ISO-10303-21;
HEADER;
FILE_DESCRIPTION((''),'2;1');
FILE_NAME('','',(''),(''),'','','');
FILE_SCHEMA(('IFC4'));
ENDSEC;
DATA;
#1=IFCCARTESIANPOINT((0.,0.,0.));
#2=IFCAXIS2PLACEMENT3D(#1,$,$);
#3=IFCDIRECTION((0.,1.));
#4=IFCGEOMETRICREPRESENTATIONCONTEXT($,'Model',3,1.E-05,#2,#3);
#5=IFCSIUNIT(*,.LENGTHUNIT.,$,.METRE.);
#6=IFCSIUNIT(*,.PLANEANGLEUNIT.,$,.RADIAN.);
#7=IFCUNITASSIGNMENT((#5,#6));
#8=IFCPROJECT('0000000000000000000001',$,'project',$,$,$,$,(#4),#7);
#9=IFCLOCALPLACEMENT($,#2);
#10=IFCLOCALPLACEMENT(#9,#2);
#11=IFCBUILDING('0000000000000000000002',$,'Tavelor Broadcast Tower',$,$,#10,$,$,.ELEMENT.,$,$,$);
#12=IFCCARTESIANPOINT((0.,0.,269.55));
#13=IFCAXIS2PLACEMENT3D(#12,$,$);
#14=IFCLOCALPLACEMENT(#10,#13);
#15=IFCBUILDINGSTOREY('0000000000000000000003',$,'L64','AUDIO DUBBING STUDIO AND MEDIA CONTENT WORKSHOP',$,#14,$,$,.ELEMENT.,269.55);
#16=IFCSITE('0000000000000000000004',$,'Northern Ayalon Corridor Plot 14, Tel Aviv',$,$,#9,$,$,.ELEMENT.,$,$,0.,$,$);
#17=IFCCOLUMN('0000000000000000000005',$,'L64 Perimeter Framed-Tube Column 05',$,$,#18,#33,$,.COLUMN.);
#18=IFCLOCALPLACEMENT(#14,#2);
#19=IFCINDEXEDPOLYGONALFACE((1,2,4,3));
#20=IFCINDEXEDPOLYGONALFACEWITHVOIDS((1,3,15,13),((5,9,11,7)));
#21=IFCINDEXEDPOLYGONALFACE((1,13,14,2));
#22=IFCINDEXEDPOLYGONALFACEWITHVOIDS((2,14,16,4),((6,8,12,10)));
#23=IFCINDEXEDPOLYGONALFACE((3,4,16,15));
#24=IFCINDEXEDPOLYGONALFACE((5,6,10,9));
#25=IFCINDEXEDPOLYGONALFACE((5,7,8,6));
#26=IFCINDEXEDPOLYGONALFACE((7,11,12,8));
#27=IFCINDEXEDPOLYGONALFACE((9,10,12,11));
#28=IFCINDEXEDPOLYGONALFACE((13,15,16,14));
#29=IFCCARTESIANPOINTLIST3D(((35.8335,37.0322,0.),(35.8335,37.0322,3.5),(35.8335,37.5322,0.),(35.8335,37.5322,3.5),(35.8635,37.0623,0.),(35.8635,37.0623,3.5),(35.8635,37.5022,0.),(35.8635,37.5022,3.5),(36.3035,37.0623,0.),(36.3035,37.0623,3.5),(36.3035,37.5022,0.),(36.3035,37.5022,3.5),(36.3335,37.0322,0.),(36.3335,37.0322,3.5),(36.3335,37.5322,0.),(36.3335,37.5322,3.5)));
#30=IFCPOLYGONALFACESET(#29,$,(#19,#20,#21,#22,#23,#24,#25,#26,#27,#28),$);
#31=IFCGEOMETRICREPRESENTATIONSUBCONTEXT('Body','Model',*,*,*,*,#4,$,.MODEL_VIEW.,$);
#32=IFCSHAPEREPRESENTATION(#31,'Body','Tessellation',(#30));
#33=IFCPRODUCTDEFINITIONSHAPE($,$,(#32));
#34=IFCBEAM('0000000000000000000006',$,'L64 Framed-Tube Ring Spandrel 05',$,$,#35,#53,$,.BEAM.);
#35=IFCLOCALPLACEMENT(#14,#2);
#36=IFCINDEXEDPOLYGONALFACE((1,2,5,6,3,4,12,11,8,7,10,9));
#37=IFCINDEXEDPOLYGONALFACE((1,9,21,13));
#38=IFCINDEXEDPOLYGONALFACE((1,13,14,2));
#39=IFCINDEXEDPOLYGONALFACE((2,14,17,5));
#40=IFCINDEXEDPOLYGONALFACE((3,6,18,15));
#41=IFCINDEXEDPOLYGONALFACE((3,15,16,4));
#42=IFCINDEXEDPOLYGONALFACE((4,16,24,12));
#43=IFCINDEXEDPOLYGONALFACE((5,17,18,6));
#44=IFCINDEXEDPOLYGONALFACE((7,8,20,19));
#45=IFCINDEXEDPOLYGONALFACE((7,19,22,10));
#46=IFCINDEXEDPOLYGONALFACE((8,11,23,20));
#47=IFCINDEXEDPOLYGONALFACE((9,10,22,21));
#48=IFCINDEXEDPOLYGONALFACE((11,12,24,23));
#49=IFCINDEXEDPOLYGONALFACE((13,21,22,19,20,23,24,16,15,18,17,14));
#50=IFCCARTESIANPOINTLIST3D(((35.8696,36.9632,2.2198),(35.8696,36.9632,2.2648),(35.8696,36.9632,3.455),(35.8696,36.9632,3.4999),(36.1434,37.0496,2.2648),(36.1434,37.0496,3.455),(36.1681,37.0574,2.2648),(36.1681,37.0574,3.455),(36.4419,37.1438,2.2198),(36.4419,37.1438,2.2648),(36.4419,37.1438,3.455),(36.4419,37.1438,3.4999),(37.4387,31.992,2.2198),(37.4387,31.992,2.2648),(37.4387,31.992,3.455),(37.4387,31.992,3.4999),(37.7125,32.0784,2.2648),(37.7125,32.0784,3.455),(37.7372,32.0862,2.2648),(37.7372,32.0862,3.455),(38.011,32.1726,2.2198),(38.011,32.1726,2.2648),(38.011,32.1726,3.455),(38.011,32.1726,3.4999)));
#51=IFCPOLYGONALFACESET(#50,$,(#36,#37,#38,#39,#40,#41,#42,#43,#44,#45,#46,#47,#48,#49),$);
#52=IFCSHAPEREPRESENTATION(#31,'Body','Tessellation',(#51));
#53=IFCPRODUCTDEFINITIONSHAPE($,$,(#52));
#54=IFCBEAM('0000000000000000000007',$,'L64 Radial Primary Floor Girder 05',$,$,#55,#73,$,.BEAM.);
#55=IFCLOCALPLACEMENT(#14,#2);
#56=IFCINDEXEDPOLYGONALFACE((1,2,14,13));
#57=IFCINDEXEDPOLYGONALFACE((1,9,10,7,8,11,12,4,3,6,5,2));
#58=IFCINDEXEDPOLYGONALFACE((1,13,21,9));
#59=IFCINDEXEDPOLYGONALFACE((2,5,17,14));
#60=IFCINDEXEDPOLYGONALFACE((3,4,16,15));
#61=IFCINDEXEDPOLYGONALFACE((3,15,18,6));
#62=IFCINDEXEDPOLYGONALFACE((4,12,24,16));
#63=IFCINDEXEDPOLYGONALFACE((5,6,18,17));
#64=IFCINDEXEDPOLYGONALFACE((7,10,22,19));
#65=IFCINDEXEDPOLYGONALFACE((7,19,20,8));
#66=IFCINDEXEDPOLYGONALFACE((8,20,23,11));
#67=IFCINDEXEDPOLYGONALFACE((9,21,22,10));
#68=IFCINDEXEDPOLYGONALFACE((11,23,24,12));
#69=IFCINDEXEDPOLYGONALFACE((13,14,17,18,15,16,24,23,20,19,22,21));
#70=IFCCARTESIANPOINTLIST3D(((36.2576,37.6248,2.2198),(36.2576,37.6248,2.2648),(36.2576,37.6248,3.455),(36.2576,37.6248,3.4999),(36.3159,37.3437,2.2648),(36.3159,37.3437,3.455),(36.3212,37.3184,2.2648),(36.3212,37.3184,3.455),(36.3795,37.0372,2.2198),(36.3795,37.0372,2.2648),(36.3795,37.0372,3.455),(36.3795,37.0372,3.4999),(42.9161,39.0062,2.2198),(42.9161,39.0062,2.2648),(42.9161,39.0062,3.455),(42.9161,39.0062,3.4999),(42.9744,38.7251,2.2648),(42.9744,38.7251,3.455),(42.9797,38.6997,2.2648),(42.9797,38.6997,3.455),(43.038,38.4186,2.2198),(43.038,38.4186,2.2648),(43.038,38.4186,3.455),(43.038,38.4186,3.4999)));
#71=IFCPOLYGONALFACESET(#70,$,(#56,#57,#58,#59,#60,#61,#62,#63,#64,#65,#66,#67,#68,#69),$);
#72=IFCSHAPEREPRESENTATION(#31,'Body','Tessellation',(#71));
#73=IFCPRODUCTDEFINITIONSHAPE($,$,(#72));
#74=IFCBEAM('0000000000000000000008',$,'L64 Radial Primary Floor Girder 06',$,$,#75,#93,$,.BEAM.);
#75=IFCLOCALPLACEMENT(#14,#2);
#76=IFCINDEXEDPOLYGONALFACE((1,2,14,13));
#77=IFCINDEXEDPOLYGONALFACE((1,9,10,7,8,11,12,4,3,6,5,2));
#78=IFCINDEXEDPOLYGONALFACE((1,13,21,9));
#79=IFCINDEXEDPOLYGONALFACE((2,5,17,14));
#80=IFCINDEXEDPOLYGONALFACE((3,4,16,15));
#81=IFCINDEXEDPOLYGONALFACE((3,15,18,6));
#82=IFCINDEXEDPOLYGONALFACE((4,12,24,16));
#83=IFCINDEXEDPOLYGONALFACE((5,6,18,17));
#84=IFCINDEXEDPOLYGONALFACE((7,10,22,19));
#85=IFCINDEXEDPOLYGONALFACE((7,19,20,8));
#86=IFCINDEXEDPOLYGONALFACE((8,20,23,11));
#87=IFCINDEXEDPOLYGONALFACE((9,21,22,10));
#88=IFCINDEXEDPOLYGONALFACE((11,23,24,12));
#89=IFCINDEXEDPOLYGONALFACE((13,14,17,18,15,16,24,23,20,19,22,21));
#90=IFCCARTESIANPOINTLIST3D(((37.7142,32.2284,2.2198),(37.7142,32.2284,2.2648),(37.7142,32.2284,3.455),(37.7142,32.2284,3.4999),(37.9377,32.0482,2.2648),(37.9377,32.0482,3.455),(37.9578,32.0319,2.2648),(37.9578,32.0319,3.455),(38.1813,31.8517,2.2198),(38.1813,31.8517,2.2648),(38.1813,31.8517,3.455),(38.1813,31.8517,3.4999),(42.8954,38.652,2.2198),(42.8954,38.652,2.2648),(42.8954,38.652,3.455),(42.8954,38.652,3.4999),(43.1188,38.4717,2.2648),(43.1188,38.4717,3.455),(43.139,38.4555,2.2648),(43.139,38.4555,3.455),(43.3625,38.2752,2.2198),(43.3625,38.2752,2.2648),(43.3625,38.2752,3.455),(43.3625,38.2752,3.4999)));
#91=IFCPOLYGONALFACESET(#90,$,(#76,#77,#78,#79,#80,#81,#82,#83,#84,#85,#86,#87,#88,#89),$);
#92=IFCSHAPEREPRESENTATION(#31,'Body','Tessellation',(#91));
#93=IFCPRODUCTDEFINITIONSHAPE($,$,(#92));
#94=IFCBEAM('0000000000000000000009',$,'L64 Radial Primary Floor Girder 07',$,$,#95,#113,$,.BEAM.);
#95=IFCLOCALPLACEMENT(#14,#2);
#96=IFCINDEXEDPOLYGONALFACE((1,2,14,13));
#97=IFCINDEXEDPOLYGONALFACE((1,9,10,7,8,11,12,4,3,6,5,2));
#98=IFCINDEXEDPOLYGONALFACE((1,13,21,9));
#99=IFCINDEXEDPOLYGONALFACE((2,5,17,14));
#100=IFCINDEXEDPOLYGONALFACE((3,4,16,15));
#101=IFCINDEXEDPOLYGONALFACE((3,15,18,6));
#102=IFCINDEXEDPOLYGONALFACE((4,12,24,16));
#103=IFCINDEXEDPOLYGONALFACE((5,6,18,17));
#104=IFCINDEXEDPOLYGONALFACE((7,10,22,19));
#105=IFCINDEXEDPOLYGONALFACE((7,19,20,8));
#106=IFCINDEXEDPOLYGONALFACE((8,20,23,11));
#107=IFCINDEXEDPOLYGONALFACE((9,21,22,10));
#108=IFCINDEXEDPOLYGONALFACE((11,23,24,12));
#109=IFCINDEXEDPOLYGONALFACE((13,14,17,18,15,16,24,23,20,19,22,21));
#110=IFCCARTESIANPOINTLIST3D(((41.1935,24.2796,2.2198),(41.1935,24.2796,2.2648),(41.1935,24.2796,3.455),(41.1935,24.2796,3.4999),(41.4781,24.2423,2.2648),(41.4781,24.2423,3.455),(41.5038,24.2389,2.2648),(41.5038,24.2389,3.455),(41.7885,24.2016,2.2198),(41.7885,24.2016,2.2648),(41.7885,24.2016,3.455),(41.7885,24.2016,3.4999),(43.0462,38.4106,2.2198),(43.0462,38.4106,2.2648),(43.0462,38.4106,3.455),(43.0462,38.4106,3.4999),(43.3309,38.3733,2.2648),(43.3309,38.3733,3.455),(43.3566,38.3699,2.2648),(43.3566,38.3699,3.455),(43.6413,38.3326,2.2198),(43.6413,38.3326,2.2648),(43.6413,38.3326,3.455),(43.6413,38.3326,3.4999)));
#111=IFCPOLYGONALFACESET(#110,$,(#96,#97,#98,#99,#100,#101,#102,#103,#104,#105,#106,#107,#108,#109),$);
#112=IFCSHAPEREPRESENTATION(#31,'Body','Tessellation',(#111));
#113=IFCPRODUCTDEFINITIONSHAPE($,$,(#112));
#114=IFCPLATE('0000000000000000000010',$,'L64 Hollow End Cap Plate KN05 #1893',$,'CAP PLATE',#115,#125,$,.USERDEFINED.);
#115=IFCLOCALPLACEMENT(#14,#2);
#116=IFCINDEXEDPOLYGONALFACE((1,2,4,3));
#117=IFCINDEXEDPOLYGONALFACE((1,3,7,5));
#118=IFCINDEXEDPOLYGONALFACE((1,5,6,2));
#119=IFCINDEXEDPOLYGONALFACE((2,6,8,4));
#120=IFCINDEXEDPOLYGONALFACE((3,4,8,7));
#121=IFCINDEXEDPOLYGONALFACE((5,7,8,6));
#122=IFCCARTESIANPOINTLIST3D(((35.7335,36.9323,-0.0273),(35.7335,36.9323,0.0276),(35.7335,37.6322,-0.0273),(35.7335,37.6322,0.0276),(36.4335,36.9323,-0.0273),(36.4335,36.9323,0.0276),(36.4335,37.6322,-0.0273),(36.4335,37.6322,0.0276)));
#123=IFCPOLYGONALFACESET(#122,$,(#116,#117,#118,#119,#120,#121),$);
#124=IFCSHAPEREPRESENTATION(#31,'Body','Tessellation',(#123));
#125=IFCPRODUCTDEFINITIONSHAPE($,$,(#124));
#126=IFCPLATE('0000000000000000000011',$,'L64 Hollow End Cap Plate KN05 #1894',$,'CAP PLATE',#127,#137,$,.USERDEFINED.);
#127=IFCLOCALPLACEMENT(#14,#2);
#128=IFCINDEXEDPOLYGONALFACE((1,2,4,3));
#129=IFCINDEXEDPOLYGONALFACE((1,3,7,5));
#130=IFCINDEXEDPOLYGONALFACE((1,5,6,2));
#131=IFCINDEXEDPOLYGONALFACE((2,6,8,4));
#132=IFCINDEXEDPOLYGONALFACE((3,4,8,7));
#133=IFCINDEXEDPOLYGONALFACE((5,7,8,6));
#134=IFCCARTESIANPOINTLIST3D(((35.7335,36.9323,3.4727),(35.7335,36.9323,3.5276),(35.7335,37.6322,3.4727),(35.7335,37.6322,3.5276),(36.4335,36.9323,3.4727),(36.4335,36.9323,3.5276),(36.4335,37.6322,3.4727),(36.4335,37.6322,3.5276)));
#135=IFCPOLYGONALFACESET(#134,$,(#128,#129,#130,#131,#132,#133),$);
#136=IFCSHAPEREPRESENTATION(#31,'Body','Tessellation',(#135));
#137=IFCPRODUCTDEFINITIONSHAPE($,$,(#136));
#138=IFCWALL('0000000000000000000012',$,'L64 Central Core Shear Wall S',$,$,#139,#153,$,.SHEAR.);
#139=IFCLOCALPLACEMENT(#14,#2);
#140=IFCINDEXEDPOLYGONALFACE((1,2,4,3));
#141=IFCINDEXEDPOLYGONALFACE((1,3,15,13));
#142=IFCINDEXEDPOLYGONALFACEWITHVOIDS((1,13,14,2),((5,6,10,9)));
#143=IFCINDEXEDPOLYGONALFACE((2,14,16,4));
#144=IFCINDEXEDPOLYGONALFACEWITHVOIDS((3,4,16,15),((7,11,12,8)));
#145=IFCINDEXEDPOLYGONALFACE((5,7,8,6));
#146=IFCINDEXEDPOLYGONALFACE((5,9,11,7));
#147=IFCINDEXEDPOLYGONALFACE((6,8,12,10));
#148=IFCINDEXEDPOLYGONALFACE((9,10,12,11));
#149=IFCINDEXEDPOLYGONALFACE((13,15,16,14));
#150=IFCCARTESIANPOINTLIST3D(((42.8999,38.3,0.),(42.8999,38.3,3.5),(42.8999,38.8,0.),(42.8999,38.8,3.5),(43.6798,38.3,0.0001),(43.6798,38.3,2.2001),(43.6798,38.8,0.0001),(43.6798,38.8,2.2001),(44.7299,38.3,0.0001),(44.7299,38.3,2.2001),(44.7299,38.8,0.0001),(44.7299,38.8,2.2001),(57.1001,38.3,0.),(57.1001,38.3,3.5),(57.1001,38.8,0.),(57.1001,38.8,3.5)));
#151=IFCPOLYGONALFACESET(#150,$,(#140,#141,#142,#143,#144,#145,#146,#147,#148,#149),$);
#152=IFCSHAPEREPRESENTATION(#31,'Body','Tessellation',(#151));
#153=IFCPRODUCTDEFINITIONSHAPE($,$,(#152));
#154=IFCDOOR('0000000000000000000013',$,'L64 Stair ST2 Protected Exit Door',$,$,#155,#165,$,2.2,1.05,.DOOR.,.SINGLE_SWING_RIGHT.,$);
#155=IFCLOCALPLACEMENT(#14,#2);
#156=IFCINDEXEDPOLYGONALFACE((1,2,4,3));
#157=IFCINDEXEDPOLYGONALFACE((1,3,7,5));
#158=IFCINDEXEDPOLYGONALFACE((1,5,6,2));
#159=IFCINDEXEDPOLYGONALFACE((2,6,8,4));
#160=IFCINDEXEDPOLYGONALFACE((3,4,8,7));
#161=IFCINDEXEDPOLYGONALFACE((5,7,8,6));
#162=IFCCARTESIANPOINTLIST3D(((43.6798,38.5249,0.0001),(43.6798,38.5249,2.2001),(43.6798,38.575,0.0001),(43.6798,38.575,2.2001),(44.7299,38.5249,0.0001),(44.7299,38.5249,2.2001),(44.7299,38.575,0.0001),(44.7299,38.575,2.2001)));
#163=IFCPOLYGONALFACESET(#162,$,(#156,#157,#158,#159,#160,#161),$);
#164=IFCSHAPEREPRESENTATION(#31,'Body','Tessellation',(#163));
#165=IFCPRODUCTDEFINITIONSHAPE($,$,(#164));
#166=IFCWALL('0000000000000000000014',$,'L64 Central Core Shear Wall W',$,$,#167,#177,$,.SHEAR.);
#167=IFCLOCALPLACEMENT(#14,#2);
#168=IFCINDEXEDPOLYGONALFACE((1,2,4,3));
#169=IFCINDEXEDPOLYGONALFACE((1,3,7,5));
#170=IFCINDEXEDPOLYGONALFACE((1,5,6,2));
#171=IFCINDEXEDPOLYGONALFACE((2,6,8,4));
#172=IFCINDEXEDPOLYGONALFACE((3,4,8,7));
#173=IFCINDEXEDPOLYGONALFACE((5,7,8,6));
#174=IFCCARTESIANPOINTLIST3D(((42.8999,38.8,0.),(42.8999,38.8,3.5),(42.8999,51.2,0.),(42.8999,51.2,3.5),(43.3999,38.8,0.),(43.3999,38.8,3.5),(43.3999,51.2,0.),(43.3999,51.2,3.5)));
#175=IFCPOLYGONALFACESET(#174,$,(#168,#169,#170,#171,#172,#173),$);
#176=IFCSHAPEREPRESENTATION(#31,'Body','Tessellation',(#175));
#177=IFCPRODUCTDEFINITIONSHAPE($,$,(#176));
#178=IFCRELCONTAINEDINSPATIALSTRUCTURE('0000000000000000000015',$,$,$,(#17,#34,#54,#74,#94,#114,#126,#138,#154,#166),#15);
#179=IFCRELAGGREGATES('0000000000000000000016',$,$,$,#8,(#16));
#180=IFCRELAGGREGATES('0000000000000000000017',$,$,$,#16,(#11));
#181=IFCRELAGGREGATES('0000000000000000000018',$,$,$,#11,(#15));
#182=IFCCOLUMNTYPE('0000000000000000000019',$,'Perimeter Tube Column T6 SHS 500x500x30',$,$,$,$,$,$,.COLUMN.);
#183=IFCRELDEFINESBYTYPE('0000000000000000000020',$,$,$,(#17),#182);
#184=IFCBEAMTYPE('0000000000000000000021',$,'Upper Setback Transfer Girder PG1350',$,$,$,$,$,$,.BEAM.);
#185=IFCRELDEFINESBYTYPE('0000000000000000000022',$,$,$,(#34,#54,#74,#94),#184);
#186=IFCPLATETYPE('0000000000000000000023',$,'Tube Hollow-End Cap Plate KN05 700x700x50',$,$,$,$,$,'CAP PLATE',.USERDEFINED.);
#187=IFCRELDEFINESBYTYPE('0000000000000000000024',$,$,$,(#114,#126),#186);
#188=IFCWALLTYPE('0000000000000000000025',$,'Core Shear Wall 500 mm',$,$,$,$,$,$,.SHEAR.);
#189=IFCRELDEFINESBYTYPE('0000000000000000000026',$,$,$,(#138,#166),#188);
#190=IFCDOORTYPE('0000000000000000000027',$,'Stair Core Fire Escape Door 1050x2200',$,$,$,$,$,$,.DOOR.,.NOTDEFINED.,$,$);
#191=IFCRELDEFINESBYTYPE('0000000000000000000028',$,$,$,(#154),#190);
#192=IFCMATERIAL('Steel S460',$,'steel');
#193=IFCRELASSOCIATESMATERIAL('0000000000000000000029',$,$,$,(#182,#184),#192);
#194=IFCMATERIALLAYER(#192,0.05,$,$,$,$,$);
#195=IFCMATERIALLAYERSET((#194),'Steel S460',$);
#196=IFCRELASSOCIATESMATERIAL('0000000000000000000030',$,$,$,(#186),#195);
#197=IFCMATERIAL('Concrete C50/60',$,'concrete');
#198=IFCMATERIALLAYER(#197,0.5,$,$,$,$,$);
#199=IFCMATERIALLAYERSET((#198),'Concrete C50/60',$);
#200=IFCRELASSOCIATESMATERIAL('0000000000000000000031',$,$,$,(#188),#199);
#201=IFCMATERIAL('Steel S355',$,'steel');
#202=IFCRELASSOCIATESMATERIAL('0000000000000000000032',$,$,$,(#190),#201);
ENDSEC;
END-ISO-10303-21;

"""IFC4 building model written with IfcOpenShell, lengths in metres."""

from ifc_helpers import new_model, si_unit, direction, frame, frame_2d, origin, origin_2d, place, context, subcontext, project, spatial, rectangle, hollow_rectangle, i_section, extrude, source, transform, mapped, material, layer, layer_set, material_profile, profile_set, type_object, type_shapes, element, fill, save


model = new_model("IFC4")

# Units and contexts
model_context = context("Model", 3, precision=1e-05, world=origin(), true_north=direction((0.0, 1.0)))
body_context = subcontext(model_context, "Body", "Model", "MODEL_VIEW")
ifc_project = project(units=[si_unit("LENGTHUNIT", "METRE"), si_unit("PLANEANGLEUNIT", "RADIAN")], contexts=[model_context])

# Site, building, storey
site_placement = place(None, origin())
site = spatial("IfcSite", under=ifc_project, at=site_placement, Name="Northern Ayalon Corridor Plot 14, Tel Aviv", CompositionType="ELEMENT", RefElevation=0.0)
building_placement = place(site_placement, origin())
building = spatial("IfcBuilding", under=site, at=building_placement, Name="Tavelor Broadcast Tower", CompositionType="ELEMENT")
storey_placement = place(building_placement, frame((0.0, 0.0, 269.55)))
storey = spatial("IfcBuildingStorey", under=building, at=storey_placement, Name="L64", Description="AUDIO DUBBING STUDIO AND MEDIA CONTENT WORKSHOP", CompositionType="ELEMENT", Elevation=269.55)

# Column
ifc_material_1 = material(Name="Steel S460", Category="steel")
ifc_material_profile_1 = material_profile(ifc_material_1, hollow_rectangle(XDim=0.5, YDim=0.5, WallThickness=0.03, at=origin_2d()), Name="SHS 500x500x30")
ifc_profile_set_1 = profile_set([ifc_material_profile_1], Name="Steel S460")
column_type = type_object("IfcColumnType", Name="Perimeter Tube Column T6 SHS 500x500x30", PredefinedType="COLUMN", material=ifc_profile_set_1)
column_placement = place(storey_placement, frame((36.0835, 37.2822, 0.0), z_axis=(0.0, 0.0, 1.0), x_axis=(1.0, 0.0, 0.0)))
element("IfcColumn", 1, at=column_placement, inside=storey, type_object=column_type, Name="L64 Perimeter Framed-Tube Column 05", PredefinedType="COLUMN", context=body_context, shape_type="SweptSolid", body=[
    extrude(hollow_rectangle(XDim=0.5, YDim=0.5, WallThickness=0.03, at=origin_2d()), origin(), (0.0, 0.0, 1.0), 3.5),
])

# Beams
ifc_material_profile_2 = material_profile(ifc_material_1, i_section(OverallWidth=0.6001, OverallDepth=1.28, WebThickness=0.0259, FlangeThickness=0.0449, at=origin_2d()), Name="PG 1280x600")
ifc_profile_set_2 = profile_set([ifc_material_profile_2], Name="Steel S460")
beam_type = type_object("IfcBeamType", Name="Upper Setback Transfer Girder PG1350", PredefinedType="BEAM", material=ifc_profile_set_2)
beam_1_placement = place(storey_placement, frame((36.1558, 37.0535, 2.8599), z_axis=(0.300999, -0.953624, 0.0), x_axis=(0.953624, 0.300999, 0.0)))
element("IfcBeam", 2, at=beam_1_placement, inside=storey, type_object=beam_type, Name="L64 Framed-Tube Ring Spandrel 05", PredefinedType="BEAM", context=body_context, shape_type="SweptSolid", body=[
    extrude(i_section(OverallWidth=0.6001, OverallDepth=1.28, WebThickness=0.0259, FlangeThickness=0.0449, at=origin_2d()), origin(), (0.0, 0.0, 1.0), 5.2129),
])
beam_2_placement = place(storey_placement, frame((42.9771, 38.7124, 2.8599), z_axis=(-0.979151, -0.203133, 0.0), x_axis=(0.203133, -0.979151, 0.0)))
element("IfcBeam", 3, at=beam_2_placement, inside=storey, type_object=beam_type, Name="L64 Radial Primary Floor Girder 05", PredefinedType="BEAM", context=body_context, shape_type="SweptSolid", body=[
    extrude(i_section(OverallWidth=0.6001, OverallDepth=1.28, WebThickness=0.0259, FlangeThickness=0.0449, at=origin_2d()), origin(), (0.0, 0.0, 1.0), 6.8003),
])
beam_3_placement = place(storey_placement, frame((43.1289, 38.4636, 2.8599), z_axis=(-0.627814, -0.778363, 0.0), x_axis=(0.778363, -0.627814, 0.0)))
element("IfcBeam", 4, at=beam_3_placement, inside=storey, type_object=beam_type, Name="L64 Radial Primary Floor Girder 06", PredefinedType="BEAM", context=body_context, shape_type="SweptSolid", body=[
    extrude(i_section(OverallWidth=0.6001, OverallDepth=1.28, WebThickness=0.0259, FlangeThickness=0.0449, at=origin_2d()), origin(), (0.0, 0.0, 1.0), 8.2527),
])
beam_4_placement = place(storey_placement, frame((43.3438, 38.3716, 2.8599), z_axis=(-0.130001, -0.991514, 0.0), x_axis=(0.991514, -0.130001, 0.0)))
element("IfcBeam", 5, at=beam_4_placement, inside=storey, type_object=beam_type, Name="L64 Radial Primary Floor Girder 07", PredefinedType="BEAM", context=body_context, shape_type="SweptSolid", body=[
    extrude(i_section(OverallWidth=0.6001, OverallDepth=1.28, WebThickness=0.0259, FlangeThickness=0.0449, at=origin_2d()), origin(), (0.0, 0.0, 1.0), 14.252),
])

# Plates
ifc_layer_1 = layer(ifc_material_1, 0.05)
ifc_layer_set_1 = layer_set([ifc_layer_1], Name="Steel S460")
plate_type = type_object("IfcPlateType", Name="Tube Hollow-End Cap Plate KN05 700x700x50", ElementType="CAP PLATE", PredefinedType="USERDEFINED", material=ifc_layer_set_1)
shared_shape = source(origin(), body_context, "Body", "SweptSolid", [
    extrude(rectangle(XDim=0.7, YDim=0.7, at=origin_2d()), origin(), (0.0, 0.0, 1.0), 0.0549),
])
type_shapes(plate_type, [shared_shape])
for number, where, z_axis, x_axis, name in (
    (6, (36.0835, 37.2822, -0.0273), (0.0, 0.0, 1.0), (1.0, 0.0, 0.0), "L64 Hollow End Cap Plate KN05 #1893"),
    (7, (36.0835, 37.2822, 3.4727), (0.0, 0.0, 1.0), (1.0, 0.0, 0.0), "L64 Hollow End Cap Plate KN05 #1894"),
):
    element("IfcPlate", number, at=place(storey_placement, frame(where, z_axis=z_axis, x_axis=x_axis)), inside=storey, type_object=plate_type, Name=name, ObjectType="CAP PLATE", PredefinedType="USERDEFINED", context=body_context, shape_type="MappedRepresentation", body=[
        mapped(shared_shape, transform((0.0, 0.0, 0.0), scale=1.0)),
    ])

# Wall, opening, door
ifc_material_2 = material(Name="Concrete C50/60", Category="concrete")
ifc_layer_2 = layer(ifc_material_2, 0.5)
ifc_layer_set_2 = layer_set([ifc_layer_2], Name="Concrete C50/60")
wall_type_1 = type_object("IfcWallType", Name="Core Shear Wall 500 mm", PredefinedType="SHEAR", material=ifc_layer_set_2)
wall_1_placement = place(storey_placement, frame((42.8999, 38.55, 0.0), z_axis=(0.0, 0.0, 1.0), x_axis=(1.0, 0.0, 0.0)))
wall_1 = element("IfcWall", 8, at=wall_1_placement, inside=storey, type_object=wall_type_1, Name="L64 Central Core Shear Wall S", PredefinedType="SHEAR", context=body_context, shape_type="SweptSolid", body=[
    extrude(rectangle(XDim=14.2002, YDim=0.5, at=frame_2d((7.1001, 0.0))), origin(), (0.0, 0.0, 1.0), 3.5),
])
opening_1_placement = place(wall_1_placement, frame((0.78, 0.0, 0.0)))
opening_1 = element("IfcOpeningElement", 9, at=opening_1_placement, cuts=wall_1, PredefinedType="OPENING", context=body_context, shape_type="SweptSolid", body=[
    extrude(rectangle(XDim=1.05, YDim=2.2, at=frame_2d((0.5249, 1.1001))), frame((0.0, 0.26, 0.0), z_axis=(0.0, -1.0, 0.0), x_axis=(1.0, 0.0, 0.0)), (0.0, 0.0, 1.0), 0.52),
])
ifc_material_3 = material(Name="Steel S355", Category="steel")
door_type_1 = type_object("IfcDoorType", Name="Stair Core Fire Escape Door 1050x2200", OperationType="NOTDEFINED", PredefinedType="DOOR", material=ifc_material_3)
door_1_placement = place(opening_1_placement, origin())
door_1 = element("IfcDoor", 10, at=door_1_placement, inside=storey, type_object=door_type_1, Name="L64 Stair ST2 Protected Exit Door", OperationType="SINGLE_SWING_RIGHT", OverallHeight=2.2, OverallWidth=1.05, PredefinedType="DOOR", context=body_context, shape_type="SweptSolid", body=[
    extrude(rectangle(XDim=1.05, YDim=2.2, at=frame_2d((0.5249, 1.1001))), frame((0.0, 0.0249, 0.0), z_axis=(0.0, -1.0, 0.0), x_axis=(1.0, 0.0, 0.0)), (0.0, 0.0, 1.0), 0.05),
])
fill(opening_1, door_1)

# Wall
wall_2_placement = place(storey_placement, frame((43.1499, 38.8, 0.0), z_axis=(0.0, 0.0, 1.0), x_axis=(0.0, 1.0, 0.0)))
element("IfcWall", 11, at=wall_2_placement, inside=storey, type_object=wall_type_1, Name="L64 Central Core Shear Wall W", PredefinedType="SHEAR", context=body_context, shape_type="SweptSolid", body=[
    extrude(rectangle(XDim=12.3999, YDim=0.5, at=frame_2d((6.2, 0.0))), origin(), (0.0, 0.0, 1.0), 3.5),
])

save(model, "model.ifc")
